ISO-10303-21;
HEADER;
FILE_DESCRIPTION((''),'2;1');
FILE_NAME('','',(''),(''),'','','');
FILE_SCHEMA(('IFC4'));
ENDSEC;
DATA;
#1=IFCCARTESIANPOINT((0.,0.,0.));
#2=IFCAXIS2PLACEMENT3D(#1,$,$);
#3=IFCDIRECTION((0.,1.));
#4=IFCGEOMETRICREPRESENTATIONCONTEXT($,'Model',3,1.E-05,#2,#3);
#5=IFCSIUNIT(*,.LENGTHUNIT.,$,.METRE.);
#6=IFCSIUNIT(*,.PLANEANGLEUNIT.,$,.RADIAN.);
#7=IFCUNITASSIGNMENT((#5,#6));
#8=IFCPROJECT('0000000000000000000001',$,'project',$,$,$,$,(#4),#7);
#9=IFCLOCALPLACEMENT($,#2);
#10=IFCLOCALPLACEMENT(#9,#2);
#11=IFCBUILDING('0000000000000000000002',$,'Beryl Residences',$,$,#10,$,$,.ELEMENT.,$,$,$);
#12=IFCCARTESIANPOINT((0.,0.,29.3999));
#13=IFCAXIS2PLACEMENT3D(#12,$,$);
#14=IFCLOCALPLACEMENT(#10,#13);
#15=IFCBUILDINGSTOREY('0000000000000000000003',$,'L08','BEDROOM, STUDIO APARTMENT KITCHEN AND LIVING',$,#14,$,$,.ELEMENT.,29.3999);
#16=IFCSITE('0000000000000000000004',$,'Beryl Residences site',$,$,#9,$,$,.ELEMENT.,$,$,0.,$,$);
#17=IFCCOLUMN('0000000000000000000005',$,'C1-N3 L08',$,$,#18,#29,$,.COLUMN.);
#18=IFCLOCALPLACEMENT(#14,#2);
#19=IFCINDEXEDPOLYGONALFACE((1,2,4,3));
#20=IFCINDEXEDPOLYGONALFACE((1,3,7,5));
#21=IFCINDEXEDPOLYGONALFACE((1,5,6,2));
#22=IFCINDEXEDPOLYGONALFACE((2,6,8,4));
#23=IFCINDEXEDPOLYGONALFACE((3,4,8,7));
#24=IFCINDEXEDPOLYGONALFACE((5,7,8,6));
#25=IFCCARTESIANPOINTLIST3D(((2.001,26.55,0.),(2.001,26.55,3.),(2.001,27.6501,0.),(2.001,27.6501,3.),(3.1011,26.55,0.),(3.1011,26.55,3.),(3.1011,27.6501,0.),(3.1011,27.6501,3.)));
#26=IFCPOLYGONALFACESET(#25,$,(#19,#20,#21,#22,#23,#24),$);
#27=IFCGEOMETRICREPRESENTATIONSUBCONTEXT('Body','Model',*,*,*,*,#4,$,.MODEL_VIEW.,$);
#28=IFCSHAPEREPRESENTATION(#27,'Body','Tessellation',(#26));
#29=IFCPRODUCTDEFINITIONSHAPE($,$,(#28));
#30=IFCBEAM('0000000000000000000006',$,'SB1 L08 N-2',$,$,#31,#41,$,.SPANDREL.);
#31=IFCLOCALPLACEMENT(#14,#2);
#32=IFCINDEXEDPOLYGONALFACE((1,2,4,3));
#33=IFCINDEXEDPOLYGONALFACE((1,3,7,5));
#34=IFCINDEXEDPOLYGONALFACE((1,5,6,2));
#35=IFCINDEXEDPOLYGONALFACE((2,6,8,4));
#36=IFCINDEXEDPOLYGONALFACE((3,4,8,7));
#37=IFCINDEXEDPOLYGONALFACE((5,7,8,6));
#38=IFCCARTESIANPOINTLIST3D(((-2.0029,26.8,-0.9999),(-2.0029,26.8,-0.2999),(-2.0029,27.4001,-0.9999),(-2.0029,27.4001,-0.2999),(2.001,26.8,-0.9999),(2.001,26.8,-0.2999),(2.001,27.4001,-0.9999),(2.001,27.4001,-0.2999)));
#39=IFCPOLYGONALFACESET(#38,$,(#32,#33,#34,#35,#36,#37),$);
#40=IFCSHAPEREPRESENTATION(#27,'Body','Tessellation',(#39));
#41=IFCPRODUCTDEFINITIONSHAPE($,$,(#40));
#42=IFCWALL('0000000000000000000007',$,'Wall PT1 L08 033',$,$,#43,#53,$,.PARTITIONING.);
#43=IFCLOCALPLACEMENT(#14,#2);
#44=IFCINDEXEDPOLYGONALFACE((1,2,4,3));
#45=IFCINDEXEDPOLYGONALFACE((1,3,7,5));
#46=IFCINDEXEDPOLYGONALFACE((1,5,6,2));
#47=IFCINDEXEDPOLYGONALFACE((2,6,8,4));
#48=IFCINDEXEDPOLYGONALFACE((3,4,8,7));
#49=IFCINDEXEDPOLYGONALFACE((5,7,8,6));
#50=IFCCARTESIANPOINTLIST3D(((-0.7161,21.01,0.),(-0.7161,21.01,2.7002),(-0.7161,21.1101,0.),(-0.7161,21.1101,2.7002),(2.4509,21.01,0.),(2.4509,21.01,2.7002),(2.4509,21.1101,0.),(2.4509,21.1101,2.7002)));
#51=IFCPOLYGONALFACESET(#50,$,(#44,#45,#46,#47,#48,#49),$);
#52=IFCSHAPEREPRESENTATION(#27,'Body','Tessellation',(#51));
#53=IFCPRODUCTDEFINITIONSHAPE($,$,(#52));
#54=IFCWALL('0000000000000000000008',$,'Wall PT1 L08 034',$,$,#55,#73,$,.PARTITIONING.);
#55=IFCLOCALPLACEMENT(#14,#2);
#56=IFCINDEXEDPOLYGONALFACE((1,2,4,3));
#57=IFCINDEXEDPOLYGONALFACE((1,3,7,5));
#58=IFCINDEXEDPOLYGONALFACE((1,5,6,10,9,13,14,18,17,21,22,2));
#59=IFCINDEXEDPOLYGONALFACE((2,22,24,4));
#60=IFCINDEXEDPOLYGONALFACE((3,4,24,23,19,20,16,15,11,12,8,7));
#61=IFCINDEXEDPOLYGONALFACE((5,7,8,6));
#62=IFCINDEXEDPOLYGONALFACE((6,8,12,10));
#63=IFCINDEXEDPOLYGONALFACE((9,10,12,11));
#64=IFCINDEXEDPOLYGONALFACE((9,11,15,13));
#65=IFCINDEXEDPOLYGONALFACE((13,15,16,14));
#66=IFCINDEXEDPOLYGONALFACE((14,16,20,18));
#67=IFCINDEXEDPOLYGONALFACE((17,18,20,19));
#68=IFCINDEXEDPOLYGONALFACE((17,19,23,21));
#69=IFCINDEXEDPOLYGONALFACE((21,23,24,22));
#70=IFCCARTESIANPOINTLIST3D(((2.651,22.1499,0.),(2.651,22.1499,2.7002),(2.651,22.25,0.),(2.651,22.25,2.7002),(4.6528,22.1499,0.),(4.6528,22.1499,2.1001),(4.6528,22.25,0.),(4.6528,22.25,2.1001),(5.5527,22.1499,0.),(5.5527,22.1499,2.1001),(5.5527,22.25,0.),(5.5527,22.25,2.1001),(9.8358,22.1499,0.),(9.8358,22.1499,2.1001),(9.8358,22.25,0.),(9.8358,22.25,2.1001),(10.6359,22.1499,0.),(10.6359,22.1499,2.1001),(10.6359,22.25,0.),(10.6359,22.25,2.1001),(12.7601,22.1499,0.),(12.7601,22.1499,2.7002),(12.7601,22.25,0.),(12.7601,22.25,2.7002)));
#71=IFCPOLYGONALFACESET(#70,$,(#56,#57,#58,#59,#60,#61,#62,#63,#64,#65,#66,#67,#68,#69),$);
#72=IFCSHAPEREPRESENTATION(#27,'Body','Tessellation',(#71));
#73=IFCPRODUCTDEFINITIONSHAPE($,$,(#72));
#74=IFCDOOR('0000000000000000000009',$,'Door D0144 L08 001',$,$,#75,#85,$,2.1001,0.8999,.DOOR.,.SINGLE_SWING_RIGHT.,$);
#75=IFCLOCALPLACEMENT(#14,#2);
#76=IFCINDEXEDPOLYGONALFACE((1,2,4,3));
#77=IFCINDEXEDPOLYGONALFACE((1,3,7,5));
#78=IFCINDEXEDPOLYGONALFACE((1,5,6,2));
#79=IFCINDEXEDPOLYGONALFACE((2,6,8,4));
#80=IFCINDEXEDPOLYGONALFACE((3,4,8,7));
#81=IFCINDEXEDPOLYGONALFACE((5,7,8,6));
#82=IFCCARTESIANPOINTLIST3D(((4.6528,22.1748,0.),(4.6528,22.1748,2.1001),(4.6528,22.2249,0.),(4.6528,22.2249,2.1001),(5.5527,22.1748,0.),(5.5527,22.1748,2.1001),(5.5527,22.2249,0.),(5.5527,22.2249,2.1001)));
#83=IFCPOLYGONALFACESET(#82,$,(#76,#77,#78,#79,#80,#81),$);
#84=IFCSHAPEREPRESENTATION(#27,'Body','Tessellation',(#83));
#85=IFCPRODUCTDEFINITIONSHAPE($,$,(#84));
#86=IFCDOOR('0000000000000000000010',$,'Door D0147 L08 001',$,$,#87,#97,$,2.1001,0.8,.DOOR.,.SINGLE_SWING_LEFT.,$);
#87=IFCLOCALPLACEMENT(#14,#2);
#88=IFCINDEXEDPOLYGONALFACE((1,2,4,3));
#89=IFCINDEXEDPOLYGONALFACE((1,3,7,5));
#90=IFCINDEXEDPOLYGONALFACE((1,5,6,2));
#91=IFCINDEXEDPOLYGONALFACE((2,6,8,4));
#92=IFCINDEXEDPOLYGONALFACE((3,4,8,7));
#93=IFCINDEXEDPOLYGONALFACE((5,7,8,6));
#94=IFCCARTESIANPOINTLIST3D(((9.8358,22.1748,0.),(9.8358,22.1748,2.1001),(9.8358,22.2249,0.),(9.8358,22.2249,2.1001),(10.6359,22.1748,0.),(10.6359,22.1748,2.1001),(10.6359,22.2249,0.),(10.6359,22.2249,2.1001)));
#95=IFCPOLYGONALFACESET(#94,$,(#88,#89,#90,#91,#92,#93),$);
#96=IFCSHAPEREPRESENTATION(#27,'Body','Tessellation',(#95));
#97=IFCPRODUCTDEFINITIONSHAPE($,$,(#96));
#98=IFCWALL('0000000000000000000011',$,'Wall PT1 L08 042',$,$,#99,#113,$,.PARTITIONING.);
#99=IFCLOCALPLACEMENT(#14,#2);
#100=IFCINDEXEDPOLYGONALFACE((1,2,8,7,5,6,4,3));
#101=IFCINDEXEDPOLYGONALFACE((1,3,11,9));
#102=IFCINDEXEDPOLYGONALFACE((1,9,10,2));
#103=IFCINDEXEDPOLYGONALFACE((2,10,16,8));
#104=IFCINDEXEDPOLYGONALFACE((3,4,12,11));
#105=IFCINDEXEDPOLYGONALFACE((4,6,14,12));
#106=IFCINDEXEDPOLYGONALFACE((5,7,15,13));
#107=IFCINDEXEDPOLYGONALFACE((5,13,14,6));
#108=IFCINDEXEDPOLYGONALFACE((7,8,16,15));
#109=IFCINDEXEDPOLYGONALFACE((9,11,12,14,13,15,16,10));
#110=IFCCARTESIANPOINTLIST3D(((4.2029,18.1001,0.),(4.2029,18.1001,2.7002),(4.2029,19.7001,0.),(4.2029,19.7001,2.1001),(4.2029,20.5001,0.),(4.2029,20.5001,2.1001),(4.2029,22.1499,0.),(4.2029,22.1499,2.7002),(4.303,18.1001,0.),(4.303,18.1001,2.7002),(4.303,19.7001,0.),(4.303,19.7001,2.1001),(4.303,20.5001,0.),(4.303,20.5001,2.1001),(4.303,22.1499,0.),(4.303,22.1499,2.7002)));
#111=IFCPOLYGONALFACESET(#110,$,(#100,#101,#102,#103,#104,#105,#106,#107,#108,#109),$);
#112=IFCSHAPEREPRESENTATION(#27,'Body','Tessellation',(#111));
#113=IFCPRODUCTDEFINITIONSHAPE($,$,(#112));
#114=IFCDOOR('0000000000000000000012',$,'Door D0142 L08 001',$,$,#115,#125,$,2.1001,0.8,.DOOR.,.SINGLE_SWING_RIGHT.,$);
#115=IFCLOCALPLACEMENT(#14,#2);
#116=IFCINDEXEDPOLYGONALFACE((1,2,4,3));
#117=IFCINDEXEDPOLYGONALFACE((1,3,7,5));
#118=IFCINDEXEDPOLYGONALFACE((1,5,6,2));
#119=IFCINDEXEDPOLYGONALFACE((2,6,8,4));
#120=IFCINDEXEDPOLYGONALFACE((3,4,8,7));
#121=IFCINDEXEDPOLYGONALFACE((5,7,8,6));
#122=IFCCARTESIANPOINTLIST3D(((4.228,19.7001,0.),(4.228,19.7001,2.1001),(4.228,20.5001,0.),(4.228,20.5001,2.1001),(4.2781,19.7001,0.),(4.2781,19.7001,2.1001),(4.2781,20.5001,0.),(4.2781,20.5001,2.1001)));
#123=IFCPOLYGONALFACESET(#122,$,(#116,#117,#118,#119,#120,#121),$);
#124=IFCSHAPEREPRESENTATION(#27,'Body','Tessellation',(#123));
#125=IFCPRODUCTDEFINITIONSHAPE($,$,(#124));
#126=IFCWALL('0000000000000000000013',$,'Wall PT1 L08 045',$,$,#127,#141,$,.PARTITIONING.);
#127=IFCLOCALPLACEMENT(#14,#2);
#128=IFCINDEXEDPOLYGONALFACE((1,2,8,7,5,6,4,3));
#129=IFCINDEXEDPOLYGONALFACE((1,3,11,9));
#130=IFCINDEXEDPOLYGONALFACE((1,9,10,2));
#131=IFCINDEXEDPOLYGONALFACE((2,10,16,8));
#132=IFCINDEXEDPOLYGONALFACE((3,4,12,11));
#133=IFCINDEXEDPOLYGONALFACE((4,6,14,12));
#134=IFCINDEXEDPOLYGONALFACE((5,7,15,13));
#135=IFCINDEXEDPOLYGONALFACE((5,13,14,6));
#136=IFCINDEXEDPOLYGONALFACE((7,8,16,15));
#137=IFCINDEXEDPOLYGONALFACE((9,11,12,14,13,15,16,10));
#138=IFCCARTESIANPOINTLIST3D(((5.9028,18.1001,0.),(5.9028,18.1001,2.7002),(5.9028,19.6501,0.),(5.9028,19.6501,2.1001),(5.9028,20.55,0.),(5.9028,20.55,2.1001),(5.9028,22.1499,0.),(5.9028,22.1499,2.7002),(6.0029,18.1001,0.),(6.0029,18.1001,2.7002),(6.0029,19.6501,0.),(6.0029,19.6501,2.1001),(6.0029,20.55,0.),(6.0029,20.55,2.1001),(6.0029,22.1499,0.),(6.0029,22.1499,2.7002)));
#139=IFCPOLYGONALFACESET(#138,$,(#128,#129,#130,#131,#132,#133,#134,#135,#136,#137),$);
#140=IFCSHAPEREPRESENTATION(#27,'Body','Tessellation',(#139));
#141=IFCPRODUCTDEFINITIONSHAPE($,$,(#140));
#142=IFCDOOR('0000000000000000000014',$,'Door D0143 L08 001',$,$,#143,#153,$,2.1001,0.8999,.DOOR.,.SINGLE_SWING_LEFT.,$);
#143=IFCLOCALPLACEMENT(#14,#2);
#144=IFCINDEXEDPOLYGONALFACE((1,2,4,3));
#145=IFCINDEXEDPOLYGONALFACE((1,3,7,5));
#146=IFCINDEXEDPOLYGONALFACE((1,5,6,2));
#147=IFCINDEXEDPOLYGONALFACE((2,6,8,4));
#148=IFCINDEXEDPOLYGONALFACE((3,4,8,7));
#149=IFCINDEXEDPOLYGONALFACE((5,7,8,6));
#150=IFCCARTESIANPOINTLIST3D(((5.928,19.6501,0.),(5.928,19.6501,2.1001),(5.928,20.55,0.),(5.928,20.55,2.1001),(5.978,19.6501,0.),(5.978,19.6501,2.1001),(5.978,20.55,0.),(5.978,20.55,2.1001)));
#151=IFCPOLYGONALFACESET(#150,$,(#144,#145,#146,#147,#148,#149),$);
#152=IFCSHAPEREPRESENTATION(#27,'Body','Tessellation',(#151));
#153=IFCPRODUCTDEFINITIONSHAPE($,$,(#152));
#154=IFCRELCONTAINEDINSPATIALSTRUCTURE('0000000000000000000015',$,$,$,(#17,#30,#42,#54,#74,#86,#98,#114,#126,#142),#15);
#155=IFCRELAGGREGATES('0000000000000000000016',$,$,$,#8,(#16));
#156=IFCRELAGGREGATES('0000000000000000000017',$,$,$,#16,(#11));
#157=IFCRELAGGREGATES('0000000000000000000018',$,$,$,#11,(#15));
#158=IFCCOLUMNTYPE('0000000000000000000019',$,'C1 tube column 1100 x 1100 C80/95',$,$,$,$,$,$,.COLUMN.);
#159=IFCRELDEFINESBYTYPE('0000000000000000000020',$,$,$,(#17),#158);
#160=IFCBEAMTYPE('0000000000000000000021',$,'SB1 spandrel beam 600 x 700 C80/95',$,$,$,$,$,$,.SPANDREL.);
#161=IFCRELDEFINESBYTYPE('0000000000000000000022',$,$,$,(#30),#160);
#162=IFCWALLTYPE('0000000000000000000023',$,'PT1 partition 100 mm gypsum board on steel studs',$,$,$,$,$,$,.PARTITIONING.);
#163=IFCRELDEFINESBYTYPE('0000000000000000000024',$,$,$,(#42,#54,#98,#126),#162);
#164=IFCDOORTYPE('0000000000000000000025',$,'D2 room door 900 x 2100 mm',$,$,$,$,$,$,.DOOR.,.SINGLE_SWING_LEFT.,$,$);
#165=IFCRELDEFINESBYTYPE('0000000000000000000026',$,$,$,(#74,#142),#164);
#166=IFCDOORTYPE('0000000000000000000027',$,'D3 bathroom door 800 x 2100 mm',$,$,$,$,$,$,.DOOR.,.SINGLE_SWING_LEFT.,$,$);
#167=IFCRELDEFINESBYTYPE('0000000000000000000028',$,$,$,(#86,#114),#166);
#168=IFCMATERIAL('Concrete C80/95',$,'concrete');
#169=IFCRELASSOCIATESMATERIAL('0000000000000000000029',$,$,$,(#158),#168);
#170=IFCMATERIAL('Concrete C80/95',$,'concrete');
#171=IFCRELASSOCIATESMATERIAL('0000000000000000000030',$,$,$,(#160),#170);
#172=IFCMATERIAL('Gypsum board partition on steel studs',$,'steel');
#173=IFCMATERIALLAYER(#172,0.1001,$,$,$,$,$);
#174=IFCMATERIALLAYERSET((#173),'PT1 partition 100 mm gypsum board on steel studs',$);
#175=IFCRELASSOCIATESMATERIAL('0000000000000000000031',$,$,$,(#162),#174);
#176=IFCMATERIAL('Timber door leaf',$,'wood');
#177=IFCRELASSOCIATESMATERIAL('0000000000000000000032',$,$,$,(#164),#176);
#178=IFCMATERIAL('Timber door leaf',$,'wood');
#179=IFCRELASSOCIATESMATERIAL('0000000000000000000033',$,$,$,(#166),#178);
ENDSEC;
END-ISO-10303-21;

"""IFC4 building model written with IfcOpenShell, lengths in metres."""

from ifc_helpers import new_model, si_unit, direction, frame, frame_2d, origin, origin_2d, place, context, subcontext, project, spatial, rectangle, extrude, material, layer, layer_set, material_profile, profile_set, type_object, element, fill, save


model = new_model("IFC4")

# Units and contexts
model_context = context("Model", 3, precision=1e-05, world=origin(), true_north=direction((0.0, 1.0)))
body_context = subcontext(model_context, "Body", "Model", "MODEL_VIEW")
ifc_project = project(units=[si_unit("LENGTHUNIT", "METRE"), si_unit("PLANEANGLEUNIT", "RADIAN")], contexts=[model_context])

# Site, building, storey
site_placement = place(None, origin())
site = spatial("IfcSite", under=ifc_project, at=site_placement, Name="Beryl Residences site", CompositionType="ELEMENT", RefElevation=0.0)
building_placement = place(site_placement, origin())
building = spatial("IfcBuilding", under=site, at=building_placement, Name="Beryl Residences", CompositionType="ELEMENT")
storey_placement = place(building_placement, frame((0.0, 0.0, 29.3999)))
storey = spatial("IfcBuildingStorey", under=building, at=storey_placement, Name="L08", Description="BEDROOM, STUDIO APARTMENT KITCHEN AND LIVING", CompositionType="ELEMENT", Elevation=29.3999)

# Column
ifc_material_1 = material(Name="Concrete C80/95", Category="concrete")
ifc_material_profile_1 = material_profile(ifc_material_1, rectangle(XDim=1.1001, YDim=1.1001, at=origin_2d()))
ifc_profile_set_1 = profile_set([ifc_material_profile_1], Name="Concrete C80/95")
column_type = type_object("IfcColumnType", Name="C1 tube column 1100 x 1100 C80/95", PredefinedType="COLUMN", material=ifc_profile_set_1)
column_placement = place(storey_placement, frame((2.551, 27.1001, 0.0), z_axis=(0.0, 0.0, 1.0), x_axis=(-1.0, 0.0, 0.0)))
element("IfcColumn", 1, at=column_placement, inside=storey, type_object=column_type, Name="C1-N3 L08", PredefinedType="COLUMN", context=body_context, shape_type="SweptSolid", body=[
    extrude(rectangle(XDim=1.1001, YDim=1.1001, at=origin_2d()), origin(), (0.0, 0.0, 1.0), 3.0),
])

# Beam
ifc_material_2 = material(Name="Concrete C80/95", Category="concrete")
ifc_material_profile_2 = material_profile(ifc_material_2, rectangle(XDim=0.6001, YDim=0.7, at=origin_2d()))
ifc_profile_set_2 = profile_set([ifc_material_profile_2], Name="Concrete C80/95")
beam_type = type_object("IfcBeamType", Name="SB1 spandrel beam 600 x 700 C80/95", PredefinedType="SPANDREL", material=ifc_profile_set_2)
beam_placement = place(storey_placement, frame((2.001, 27.1001, -0.6499), z_axis=(-1.0, 0.0, 0.0), x_axis=(0.0, -1.0, 0.0)))
element("IfcBeam", 2, at=beam_placement, inside=storey, type_object=beam_type, Name="SB1 L08 N-2", PredefinedType="SPANDREL", context=body_context, shape_type="SweptSolid", body=[
    extrude(rectangle(XDim=0.6001, YDim=0.7, at=origin_2d()), origin(), (0.0, 0.0, 1.0), 4.0039),
])

# Wall
ifc_material_3 = material(Name="Gypsum board partition on steel studs", Category="steel")
ifc_layer_1 = layer(ifc_material_3, 0.1001)
ifc_layer_set_1 = layer_set([ifc_layer_1], Name="PT1 partition 100 mm gypsum board on steel studs")
wall_type_1 = type_object("IfcWallType", Name="PT1 partition 100 mm gypsum board on steel studs", PredefinedType="PARTITIONING", material=ifc_layer_set_1)
wall_1_placement = place(storey_placement, frame((-0.7161, 21.0601, 0.0), z_axis=(0.0, 0.0, 1.0), x_axis=(1.0, 0.0, 0.0)))
element("IfcWall", 3, at=wall_1_placement, inside=storey, type_object=wall_type_1, Name="Wall PT1 L08 033", PredefinedType="PARTITIONING", context=body_context, shape_type="SweptSolid", body=[
    extrude(rectangle(XDim=3.167, YDim=0.1001, at=frame_2d((1.5835, 0.0))), origin(), (0.0, 0.0, 1.0), 2.7002),
])

# Wall, openings, doors
wall_2_placement = place(storey_placement, frame((2.6509, 22.2, 0.0), z_axis=(0.0, 0.0, 1.0), x_axis=(1.0, 0.0, 0.0)))
wall_2 = element("IfcWall", 4, at=wall_2_placement, inside=storey, type_object=wall_type_1, Name="Wall PT1 L08 034", PredefinedType="PARTITIONING", context=body_context, shape_type="SweptSolid", body=[
    extrude(rectangle(XDim=10.1091, YDim=0.1001, at=frame_2d((5.0547, 0.0))), origin(), (0.0, 0.0, 1.0), 2.7002),
])
opening_1_placement = place(wall_2_placement, frame((2.002, 0.0, 0.0)))
opening_1 = element("IfcOpeningElement", 5, at=opening_1_placement, cuts=wall_2, PredefinedType="OPENING", context=body_context, shape_type="SweptSolid", body=[
    extrude(rectangle(XDim=0.8999, YDim=2.1001, at=frame_2d((0.45, 1.05))), frame((0.0, 0.0601, 0.0), z_axis=(0.0, -1.0, 0.0), x_axis=(1.0, 0.0, 0.0)), (0.0, 0.0, 1.0), 0.1201),
])
opening_2_placement = place(wall_2_placement, frame((7.1851, 0.0, 0.0)))
opening_2 = element("IfcOpeningElement", 6, at=opening_2_placement, cuts=wall_2, PredefinedType="OPENING", context=body_context, shape_type="SweptSolid", body=[
    extrude(rectangle(XDim=0.8, YDim=2.1001, at=frame_2d((0.3999, 1.05))), frame((0.0, 0.0601, 0.0), z_axis=(0.0, -1.0, 0.0), x_axis=(1.0, 0.0, 0.0)), (0.0, 0.0, 1.0), 0.1201),
])
ifc_material_4 = material(Name="Timber door leaf", Category="wood")
door_type_1 = type_object("IfcDoorType", Name="D2 room door 900 x 2100 mm", OperationType="SINGLE_SWING_LEFT", PredefinedType="DOOR", material=ifc_material_4)
door_1_placement = place(opening_1_placement, origin())
door_1 = element("IfcDoor", 7, at=door_1_placement, inside=storey, type_object=door_type_1, Name="Door D0144 L08 001", OperationType="SINGLE_SWING_RIGHT", OverallHeight=2.1001, OverallWidth=0.8999, PredefinedType="DOOR", context=body_context, shape_type="SweptSolid", body=[
    extrude(rectangle(XDim=0.8999, YDim=2.1001, at=frame_2d((0.45, 1.05))), frame((0.0, 0.0249, 0.0), z_axis=(0.0, -1.0, 0.0), x_axis=(1.0, 0.0, 0.0)), (0.0, 0.0, 1.0), 0.05),
])
fill(opening_1, door_1)
ifc_material_5 = material(Name="Timber door leaf", Category="wood")
door_type_2 = type_object("IfcDoorType", Name="D3 bathroom door 800 x 2100 mm", OperationType="SINGLE_SWING_LEFT", PredefinedType="DOOR", material=ifc_material_5)
door_2_placement = place(opening_2_placement, origin())
door_2 = element("IfcDoor", 8, at=door_2_placement, inside=storey, type_object=door_type_2, Name="Door D0147 L08 001", OperationType="SINGLE_SWING_LEFT", OverallHeight=2.1001, OverallWidth=0.8, PredefinedType="DOOR", context=body_context, shape_type="SweptSolid", body=[
    extrude(rectangle(XDim=0.8, YDim=2.1001, at=frame_2d((0.3999, 1.05))), frame((0.0, 0.0249, 0.0), z_axis=(0.0, -1.0, 0.0), x_axis=(1.0, 0.0, 0.0)), (0.0, 0.0, 1.0), 0.05),
])
fill(opening_2, door_2)

# Walls, openings, doors
wall_3_placement = place(storey_placement, frame((4.2529, 18.1001, 0.0), z_axis=(0.0, 0.0, 1.0), x_axis=(0.0, 1.0, 0.0)))
wall_3 = element("IfcWall", 9, at=wall_3_placement, inside=storey, type_object=wall_type_1, Name="Wall PT1 L08 042", PredefinedType="PARTITIONING", context=body_context, shape_type="SweptSolid", body=[
    extrude(rectangle(XDim=4.0498, YDim=0.1001, at=frame_2d((2.0249, 0.0))), origin(), (0.0, 0.0, 1.0), 2.7002),
])
opening_3_placement = place(wall_3_placement, frame((1.6001, 0.0, 0.0)))
opening_3 = element("IfcOpeningElement", 10, at=opening_3_placement, cuts=wall_3, PredefinedType="OPENING", context=body_context, shape_type="SweptSolid", body=[
    extrude(rectangle(XDim=0.8, YDim=2.1001, at=frame_2d((0.3999, 1.05))), frame((0.0, 0.0601, 0.0), z_axis=(0.0, -1.0, 0.0), x_axis=(1.0, 0.0, 0.0)), (0.0, 0.0, 1.0), 0.1201),
])
door_3_placement = place(opening_3_placement, origin())
door_3 = element("IfcDoor", 11, at=door_3_placement, inside=storey, type_object=door_type_2, Name="Door D0142 L08 001", OperationType="SINGLE_SWING_RIGHT", OverallHeight=2.1001, OverallWidth=0.8, PredefinedType="DOOR", context=body_context, shape_type="SweptSolid", body=[
    extrude(rectangle(XDim=0.8, YDim=2.1001, at=frame_2d((0.3999, 1.05))), frame((0.0, 0.0249, 0.0), z_axis=(0.0, -1.0, 0.0), x_axis=(1.0, 0.0, 0.0)), (0.0, 0.0, 1.0), 0.05),
])
fill(opening_3, door_3)
wall_4_placement = place(storey_placement, frame((5.9529, 18.1001, 0.0), z_axis=(0.0, 0.0, 1.0), x_axis=(0.0, 1.0, 0.0)))
wall_4 = element("IfcWall", 12, at=wall_4_placement, inside=storey, type_object=wall_type_1, Name="Wall PT1 L08 045", PredefinedType="PARTITIONING", context=body_context, shape_type="SweptSolid", body=[
    extrude(rectangle(XDim=4.0498, YDim=0.1001, at=frame_2d((2.0249, 0.0))), origin(), (0.0, 0.0, 1.0), 2.7002),
])
opening_4_placement = place(wall_4_placement, frame((1.55, 0.0, 0.0)))
opening_4 = element("IfcOpeningElement", 13, at=opening_4_placement, cuts=wall_4, PredefinedType="OPENING", context=body_context, shape_type="SweptSolid", body=[
    extrude(rectangle(XDim=0.8999, YDim=2.1001, at=frame_2d((0.45, 1.05))), frame((0.0, 0.0601, 0.0), z_axis=(0.0, -1.0, 0.0), x_axis=(1.0, 0.0, 0.0)), (0.0, 0.0, 1.0), 0.1201),
])
door_4_placement = place(opening_4_placement, origin())
door_4 = element("IfcDoor", 14, at=door_4_placement, inside=storey, type_object=door_type_1, Name="Door D0143 L08 001", OperationType="SINGLE_SWING_LEFT", OverallHeight=2.1001, OverallWidth=0.8999, PredefinedType="DOOR", context=body_context, shape_type="SweptSolid", body=[
    extrude(rectangle(XDim=0.8999, YDim=2.1001, at=frame_2d((0.45, 1.05))), frame((0.0, 0.0249, 0.0), z_axis=(0.0, -1.0, 0.0), x_axis=(1.0, 0.0, 0.0)), (0.0, 0.0, 1.0), 0.05),
])
fill(opening_4, door_4)

save(model, "model.ifc")
